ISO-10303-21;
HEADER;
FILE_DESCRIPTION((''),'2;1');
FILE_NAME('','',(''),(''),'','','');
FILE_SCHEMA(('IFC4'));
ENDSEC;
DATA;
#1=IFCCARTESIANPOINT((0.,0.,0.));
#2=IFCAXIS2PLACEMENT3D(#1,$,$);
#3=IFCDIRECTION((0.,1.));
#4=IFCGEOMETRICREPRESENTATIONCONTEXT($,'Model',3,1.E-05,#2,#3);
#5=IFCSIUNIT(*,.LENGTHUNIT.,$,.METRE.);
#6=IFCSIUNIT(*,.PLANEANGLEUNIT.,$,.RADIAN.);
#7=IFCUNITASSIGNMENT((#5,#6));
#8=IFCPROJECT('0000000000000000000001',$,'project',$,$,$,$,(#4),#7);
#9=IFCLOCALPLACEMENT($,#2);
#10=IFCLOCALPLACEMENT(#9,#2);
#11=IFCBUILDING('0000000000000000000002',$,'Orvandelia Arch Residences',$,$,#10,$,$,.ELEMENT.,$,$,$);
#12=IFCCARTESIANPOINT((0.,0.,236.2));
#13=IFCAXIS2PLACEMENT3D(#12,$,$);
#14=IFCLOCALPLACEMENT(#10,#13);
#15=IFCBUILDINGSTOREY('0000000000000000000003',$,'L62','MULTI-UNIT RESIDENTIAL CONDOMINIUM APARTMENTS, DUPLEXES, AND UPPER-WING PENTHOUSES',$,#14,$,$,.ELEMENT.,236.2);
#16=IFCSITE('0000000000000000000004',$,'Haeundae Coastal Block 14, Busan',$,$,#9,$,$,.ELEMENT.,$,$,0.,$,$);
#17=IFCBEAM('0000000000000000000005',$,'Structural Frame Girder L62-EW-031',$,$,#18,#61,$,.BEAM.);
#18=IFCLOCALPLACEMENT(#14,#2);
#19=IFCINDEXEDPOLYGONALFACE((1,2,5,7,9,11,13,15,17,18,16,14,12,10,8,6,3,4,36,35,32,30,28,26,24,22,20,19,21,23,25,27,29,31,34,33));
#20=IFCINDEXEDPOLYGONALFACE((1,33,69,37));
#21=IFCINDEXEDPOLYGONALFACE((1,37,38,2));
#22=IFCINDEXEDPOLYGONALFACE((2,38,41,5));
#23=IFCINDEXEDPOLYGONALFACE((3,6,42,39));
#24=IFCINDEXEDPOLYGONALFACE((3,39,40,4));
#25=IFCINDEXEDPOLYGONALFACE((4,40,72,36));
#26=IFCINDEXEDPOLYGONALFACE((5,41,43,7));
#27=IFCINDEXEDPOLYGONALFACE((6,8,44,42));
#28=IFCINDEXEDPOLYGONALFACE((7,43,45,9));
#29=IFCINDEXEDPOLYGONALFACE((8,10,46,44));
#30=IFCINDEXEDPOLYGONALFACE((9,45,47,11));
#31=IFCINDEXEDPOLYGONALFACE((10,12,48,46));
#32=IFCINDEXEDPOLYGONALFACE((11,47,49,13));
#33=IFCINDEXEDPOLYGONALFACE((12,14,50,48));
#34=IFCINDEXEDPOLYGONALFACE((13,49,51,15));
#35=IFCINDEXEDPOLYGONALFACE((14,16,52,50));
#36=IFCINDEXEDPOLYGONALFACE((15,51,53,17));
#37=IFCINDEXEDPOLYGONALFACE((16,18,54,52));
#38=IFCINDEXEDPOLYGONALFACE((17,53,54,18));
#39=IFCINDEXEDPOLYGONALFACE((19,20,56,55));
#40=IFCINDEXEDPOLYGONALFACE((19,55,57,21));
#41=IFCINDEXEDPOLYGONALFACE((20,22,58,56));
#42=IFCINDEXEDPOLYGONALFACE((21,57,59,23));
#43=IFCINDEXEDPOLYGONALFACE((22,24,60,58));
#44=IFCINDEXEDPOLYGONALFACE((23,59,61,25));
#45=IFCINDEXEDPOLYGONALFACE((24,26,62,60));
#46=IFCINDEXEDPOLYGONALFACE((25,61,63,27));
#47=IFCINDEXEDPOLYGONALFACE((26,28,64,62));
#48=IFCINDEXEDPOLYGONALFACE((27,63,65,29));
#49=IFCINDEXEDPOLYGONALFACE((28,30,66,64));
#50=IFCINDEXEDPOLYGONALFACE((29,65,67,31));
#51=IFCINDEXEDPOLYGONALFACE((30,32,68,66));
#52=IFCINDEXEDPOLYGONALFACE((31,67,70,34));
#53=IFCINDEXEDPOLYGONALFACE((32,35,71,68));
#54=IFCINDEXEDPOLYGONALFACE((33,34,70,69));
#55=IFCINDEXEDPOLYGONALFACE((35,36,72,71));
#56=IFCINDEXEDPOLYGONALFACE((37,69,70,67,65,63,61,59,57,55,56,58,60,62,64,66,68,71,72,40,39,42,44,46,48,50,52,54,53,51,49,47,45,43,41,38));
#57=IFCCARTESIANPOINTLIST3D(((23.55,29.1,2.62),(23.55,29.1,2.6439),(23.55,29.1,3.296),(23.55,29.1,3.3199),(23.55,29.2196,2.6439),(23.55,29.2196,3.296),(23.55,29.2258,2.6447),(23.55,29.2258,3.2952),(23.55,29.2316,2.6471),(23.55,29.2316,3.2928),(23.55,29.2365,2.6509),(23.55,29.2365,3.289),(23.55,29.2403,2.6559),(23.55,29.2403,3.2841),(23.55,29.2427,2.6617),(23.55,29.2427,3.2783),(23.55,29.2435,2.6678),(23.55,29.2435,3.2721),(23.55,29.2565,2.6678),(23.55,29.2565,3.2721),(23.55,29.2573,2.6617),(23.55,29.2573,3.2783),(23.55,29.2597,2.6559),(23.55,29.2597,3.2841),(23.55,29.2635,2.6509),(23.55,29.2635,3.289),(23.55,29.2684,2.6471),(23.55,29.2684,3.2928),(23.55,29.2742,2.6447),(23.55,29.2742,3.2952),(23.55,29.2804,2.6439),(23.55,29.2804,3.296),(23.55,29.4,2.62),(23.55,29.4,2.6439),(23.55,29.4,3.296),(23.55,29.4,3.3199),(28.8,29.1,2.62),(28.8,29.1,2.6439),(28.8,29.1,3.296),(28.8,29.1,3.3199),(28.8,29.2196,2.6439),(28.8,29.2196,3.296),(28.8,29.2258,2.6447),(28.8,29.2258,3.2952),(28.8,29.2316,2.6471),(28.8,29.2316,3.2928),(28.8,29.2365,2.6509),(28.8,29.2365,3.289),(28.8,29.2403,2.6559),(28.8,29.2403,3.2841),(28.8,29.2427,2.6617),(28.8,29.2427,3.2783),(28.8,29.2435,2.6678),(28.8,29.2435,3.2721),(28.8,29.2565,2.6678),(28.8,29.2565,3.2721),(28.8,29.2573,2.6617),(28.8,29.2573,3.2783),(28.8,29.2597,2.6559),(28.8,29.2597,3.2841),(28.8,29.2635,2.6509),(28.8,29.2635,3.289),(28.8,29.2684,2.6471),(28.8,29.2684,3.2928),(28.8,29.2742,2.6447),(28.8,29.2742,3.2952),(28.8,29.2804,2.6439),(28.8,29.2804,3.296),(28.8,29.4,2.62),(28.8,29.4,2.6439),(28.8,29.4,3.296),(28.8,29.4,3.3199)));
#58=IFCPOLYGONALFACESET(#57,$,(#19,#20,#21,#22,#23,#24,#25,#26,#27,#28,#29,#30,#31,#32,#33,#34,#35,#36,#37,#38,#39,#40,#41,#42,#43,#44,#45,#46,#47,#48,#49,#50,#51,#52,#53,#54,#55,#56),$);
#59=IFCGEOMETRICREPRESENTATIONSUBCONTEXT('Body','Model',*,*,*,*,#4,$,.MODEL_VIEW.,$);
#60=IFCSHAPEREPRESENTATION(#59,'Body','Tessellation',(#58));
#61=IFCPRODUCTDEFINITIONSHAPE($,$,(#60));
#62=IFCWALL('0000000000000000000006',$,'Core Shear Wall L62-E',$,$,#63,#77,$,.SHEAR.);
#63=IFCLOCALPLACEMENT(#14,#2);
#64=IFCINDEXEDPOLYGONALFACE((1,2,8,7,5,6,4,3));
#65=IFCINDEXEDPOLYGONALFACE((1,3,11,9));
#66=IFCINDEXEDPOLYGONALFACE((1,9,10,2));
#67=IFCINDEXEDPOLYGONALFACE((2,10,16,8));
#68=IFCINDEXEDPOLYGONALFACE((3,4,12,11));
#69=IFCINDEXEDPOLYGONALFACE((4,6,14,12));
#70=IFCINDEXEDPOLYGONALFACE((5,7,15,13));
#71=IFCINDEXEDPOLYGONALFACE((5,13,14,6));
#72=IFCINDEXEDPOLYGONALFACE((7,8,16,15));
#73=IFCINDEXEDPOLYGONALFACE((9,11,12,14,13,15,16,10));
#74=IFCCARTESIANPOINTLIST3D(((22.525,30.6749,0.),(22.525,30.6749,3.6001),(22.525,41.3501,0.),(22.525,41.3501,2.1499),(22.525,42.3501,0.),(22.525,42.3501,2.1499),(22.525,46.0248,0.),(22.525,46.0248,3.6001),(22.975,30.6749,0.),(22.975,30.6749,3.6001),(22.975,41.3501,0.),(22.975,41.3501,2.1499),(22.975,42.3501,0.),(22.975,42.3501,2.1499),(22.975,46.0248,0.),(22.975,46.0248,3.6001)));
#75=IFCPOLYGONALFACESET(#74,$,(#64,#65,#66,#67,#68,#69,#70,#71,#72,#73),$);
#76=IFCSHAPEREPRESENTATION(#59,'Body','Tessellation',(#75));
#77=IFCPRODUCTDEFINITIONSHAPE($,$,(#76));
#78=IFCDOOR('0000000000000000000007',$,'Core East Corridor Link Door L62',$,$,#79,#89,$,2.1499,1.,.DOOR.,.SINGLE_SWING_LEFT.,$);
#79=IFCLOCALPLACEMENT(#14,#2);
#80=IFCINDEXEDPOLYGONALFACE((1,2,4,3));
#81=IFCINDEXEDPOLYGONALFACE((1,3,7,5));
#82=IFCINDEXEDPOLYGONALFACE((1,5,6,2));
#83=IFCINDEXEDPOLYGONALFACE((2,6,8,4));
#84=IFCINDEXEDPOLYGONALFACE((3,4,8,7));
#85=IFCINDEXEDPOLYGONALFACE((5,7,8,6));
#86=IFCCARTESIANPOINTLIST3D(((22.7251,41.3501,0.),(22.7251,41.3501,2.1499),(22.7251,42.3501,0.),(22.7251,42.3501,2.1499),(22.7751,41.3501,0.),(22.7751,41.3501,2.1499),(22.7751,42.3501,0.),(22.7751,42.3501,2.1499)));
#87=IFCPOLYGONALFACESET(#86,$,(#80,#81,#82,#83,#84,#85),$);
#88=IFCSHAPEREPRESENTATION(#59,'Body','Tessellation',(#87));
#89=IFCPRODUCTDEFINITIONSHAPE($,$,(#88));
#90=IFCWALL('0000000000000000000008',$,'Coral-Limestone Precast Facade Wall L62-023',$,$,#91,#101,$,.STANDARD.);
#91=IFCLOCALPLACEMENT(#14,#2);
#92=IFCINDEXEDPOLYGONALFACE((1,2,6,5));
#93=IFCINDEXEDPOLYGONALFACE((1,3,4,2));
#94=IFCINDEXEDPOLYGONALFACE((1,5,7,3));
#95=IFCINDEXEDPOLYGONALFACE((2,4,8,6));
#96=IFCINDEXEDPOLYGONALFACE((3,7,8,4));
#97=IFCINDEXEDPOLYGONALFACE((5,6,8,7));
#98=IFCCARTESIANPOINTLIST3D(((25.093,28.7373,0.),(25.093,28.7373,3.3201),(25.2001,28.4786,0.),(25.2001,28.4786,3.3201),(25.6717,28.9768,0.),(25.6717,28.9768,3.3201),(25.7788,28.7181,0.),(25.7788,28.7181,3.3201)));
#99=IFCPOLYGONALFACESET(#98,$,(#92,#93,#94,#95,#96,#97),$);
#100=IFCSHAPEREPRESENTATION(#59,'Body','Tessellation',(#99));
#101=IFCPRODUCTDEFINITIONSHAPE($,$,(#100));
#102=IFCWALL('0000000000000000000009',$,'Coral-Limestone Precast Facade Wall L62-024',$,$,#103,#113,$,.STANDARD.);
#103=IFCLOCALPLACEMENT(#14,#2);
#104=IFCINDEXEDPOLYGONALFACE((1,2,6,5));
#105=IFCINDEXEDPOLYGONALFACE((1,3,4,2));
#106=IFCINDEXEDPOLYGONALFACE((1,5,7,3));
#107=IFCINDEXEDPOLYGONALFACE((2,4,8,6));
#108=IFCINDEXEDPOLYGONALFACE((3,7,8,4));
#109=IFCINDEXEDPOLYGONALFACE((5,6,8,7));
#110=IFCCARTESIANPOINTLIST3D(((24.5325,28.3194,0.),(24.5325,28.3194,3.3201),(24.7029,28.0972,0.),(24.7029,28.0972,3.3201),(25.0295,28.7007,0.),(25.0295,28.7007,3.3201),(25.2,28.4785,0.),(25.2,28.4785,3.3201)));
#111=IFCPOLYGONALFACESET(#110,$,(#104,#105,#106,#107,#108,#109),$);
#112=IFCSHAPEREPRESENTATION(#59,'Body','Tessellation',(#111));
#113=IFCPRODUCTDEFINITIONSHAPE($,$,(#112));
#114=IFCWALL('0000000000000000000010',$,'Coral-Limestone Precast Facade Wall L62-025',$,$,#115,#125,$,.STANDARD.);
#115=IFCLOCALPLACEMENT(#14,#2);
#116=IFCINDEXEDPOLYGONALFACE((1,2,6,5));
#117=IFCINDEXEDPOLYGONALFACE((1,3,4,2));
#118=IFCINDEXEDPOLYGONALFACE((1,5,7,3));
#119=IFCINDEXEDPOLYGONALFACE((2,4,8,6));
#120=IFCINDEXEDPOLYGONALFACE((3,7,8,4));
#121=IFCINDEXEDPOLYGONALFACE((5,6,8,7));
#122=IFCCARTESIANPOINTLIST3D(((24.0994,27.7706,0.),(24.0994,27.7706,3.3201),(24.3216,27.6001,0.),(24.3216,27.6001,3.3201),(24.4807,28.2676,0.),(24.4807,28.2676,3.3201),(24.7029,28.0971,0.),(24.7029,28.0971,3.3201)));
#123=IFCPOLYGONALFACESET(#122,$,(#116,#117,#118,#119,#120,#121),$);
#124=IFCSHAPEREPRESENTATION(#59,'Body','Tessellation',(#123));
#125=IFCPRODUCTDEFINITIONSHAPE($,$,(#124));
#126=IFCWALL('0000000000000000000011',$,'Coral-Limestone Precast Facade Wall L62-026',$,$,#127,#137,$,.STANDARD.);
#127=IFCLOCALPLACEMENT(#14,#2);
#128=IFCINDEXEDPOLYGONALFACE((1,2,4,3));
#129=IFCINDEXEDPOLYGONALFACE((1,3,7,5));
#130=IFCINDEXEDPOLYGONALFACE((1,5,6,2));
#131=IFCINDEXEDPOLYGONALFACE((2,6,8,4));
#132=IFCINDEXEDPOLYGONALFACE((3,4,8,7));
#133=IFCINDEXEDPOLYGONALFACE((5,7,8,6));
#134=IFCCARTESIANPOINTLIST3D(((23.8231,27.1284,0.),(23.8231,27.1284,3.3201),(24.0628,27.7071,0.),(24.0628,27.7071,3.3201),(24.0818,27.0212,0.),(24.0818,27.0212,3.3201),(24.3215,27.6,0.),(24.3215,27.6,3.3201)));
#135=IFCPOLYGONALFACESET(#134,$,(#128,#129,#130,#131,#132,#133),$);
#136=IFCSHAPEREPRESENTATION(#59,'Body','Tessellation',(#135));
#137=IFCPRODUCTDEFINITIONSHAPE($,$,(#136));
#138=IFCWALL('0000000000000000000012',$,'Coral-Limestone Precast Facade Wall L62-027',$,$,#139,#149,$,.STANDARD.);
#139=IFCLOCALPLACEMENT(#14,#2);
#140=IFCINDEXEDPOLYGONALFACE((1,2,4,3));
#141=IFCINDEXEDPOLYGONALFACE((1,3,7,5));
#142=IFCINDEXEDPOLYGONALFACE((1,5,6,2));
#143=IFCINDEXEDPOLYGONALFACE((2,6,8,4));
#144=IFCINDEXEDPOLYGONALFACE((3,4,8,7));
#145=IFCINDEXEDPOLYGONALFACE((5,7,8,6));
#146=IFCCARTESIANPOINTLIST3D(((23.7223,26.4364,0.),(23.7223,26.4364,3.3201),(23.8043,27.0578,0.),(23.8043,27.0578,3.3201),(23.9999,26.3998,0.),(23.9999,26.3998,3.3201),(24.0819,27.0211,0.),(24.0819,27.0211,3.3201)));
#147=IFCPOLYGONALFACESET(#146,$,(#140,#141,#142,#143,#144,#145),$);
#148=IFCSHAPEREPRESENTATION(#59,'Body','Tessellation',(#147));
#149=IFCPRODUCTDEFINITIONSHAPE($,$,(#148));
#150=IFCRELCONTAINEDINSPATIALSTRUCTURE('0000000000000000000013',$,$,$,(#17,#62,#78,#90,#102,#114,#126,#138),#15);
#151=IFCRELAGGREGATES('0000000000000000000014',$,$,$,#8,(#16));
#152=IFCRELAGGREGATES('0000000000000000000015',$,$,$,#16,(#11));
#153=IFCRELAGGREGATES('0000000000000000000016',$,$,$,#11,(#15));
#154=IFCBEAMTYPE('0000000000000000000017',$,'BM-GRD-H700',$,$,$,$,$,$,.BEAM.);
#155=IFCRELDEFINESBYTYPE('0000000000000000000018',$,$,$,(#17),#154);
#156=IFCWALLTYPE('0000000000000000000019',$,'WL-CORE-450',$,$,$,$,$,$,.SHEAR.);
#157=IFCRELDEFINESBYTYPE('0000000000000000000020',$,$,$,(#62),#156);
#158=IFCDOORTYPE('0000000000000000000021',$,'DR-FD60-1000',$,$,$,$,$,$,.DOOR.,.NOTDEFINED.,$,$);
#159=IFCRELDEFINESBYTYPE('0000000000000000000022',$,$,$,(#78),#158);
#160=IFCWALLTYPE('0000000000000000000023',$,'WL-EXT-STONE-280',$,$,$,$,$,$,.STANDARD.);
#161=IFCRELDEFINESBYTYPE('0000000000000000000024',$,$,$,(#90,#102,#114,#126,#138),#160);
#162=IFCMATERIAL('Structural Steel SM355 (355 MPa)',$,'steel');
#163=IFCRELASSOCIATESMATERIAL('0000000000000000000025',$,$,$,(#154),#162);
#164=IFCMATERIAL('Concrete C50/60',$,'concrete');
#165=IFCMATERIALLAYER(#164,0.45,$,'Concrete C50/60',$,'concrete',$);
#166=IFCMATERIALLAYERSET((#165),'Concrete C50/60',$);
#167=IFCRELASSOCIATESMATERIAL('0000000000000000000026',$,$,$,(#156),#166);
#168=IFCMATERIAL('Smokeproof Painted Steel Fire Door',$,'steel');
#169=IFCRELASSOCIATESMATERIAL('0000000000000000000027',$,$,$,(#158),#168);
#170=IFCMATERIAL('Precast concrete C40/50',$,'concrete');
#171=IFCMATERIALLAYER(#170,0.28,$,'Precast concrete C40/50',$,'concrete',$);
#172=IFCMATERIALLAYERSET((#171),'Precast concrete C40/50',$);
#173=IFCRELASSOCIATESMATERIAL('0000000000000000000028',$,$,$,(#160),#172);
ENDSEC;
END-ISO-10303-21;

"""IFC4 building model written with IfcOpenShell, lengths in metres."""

from ifc_helpers import new_model, si_unit, direction, frame, frame_2d, origin, origin_2d, place, context, subcontext, project, spatial, rectangle, i_section, extrude, material, layer, layer_set, material_profile, profile_set, type_object, element, fill, save


model = new_model("IFC4")

# Units and contexts
model_context = context("Model", 3, precision=1e-05, world=origin(), true_north=direction((0.0, 1.0)))
body_context = subcontext(model_context, "Body", "Model", "MODEL_VIEW")
ifc_project = project(units=[si_unit("LENGTHUNIT", "METRE"), si_unit("PLANEANGLEUNIT", "RADIAN")], contexts=[model_context])

# Site, building, storey
site_placement = place(None, origin())
site = spatial("IfcSite", under=ifc_project, at=site_placement, Name="Haeundae Coastal Block 14, Busan", CompositionType="ELEMENT", RefElevation=0.0)
building_placement = place(site_placement, origin())
building = spatial("IfcBuilding", under=site, at=building_placement, Name="Orvandelia Arch Residences", CompositionType="ELEMENT")
storey_placement = place(building_placement, frame((0.0, 0.0, 236.2)))
storey = spatial("IfcBuildingStorey", under=building, at=storey_placement, Name="L62", Description="MULTI-UNIT RESIDENTIAL CONDOMINIUM APARTMENTS, DUPLEXES, AND UPPER-WING PENTHOUSES", CompositionType="ELEMENT", Elevation=236.2)

# Beam
ifc_material_1 = material(Name="Structural Steel SM355 (355 MPa)", Category="steel")
ifc_material_profile_1 = material_profile(ifc_material_1, i_section(OverallWidth=0.3, OverallDepth=0.7, WebThickness=0.0129, FlangeThickness=0.0239, FilletRadius=0.0239, at=origin_2d()), Name="Structural Steel SM355 (355 MPa)", Category="steel")
ifc_profile_set_1 = profile_set([ifc_material_profile_1], Name="Structural Steel SM355 (355 MPa)")
beam_type = type_object("IfcBeamType", Name="BM-GRD-H700", PredefinedType="BEAM", material=ifc_profile_set_1)
beam_1_placement = place(storey_placement, frame((23.55, 29.25, 2.97), z_axis=(1.0, 0.0, 0.0), x_axis=(0.0, 1.0, 0.0)))
element("IfcBeam", 1, at=beam_1_placement, inside=storey, type_object=beam_type, Name="Structural Frame Girder L62-EW-031", PredefinedType="BEAM", context=body_context, shape_type="SweptSolid", body=[
    extrude(i_section(OverallWidth=0.3, OverallDepth=0.7, WebThickness=0.0129, FlangeThickness=0.0239, FilletRadius=0.0239, at=origin_2d()), origin(), (0.0, 0.0, 1.0), 5.25),
])

# Wall, opening, door
ifc_material_2 = material(Name="Concrete C50/60", Category="concrete")
ifc_layer_1 = layer(ifc_material_2, 0.45, Name="Concrete C50/60", Category="concrete")
ifc_layer_set_1 = layer_set([ifc_layer_1], Name="Concrete C50/60")
wall_type_1 = type_object("IfcWallType", Name="WL-CORE-450", PredefinedType="SHEAR", material=ifc_layer_set_1)
wall_1_placement = place(storey_placement, frame((22.75, 30.675, 0.0), z_axis=(0.0, 0.0, 1.0), x_axis=(0.0, 1.0, 0.0)))
wall_1 = element("IfcWall", 2, at=wall_1_placement, inside=storey, type_object=wall_type_1, Name="Core Shear Wall L62-E", PredefinedType="SHEAR", context=body_context, shape_type="SweptSolid", body=[
    extrude(rectangle(XDim=15.3499, YDim=0.45, at=frame_2d((7.6748, 0.0))), origin(), (0.0, 0.0, 1.0), 3.6001),
])
opening_1_placement = place(wall_1_placement, frame((10.675, 0.0, 0.0)))
opening_1 = element("IfcOpeningElement", 3, at=opening_1_placement, cuts=wall_1, PredefinedType="OPENING", context=body_context, shape_type="SweptSolid", body=[
    extrude(rectangle(XDim=1.0, YDim=2.1499, at=frame_2d((0.5, 1.075))), frame((0.0, 0.2349, 0.0), z_axis=(0.0, -1.0, 0.0), x_axis=(1.0, 0.0, 0.0)), (0.0, 0.0, 1.0), 0.47),
])
ifc_material_3 = material(Name="Smokeproof Painted Steel Fire Door", Category="steel")
door_type = type_object("IfcDoorType", Name="DR-FD60-1000", OperationType="NOTDEFINED", PredefinedType="DOOR", material=ifc_material_3)
door_placement = place(opening_1_placement, origin())
door = element("IfcDoor", 4, at=door_placement, inside=storey, type_object=door_type, Name="Core East Corridor Link Door L62", OperationType="SINGLE_SWING_LEFT", OverallHeight=2.1499, OverallWidth=1.0, PredefinedType="DOOR", context=body_context, shape_type="SweptSolid", body=[
    extrude(rectangle(XDim=1.0, YDim=2.1499, at=frame_2d((0.5, 1.075))), frame((0.0, 0.0249, 0.0), z_axis=(0.0, -1.0, 0.0), x_axis=(1.0, 0.0, 0.0)), (0.0, 0.0, 1.0), 0.05),
])
fill(opening_1, door)

# Walls
ifc_material_4 = material(Name="Precast concrete C40/50", Category="concrete")
ifc_layer_2 = layer(ifc_material_4, 0.28, Name="Precast concrete C40/50", Category="concrete")
ifc_layer_set_2 = layer_set([ifc_layer_2], Name="Precast concrete C40/50")
wall_type_2 = type_object("IfcWallType", Name="WL-EXT-STONE-280", PredefinedType="STANDARD", material=ifc_layer_set_2)
wall_2_placement = place(storey_placement, frame((25.7251, 28.8474, 0.0), z_axis=(0.0, 0.0, 1.0), x_axis=(-0.923974, -0.382455, 0.0)))
element("IfcWall", 5, at=wall_2_placement, inside=storey, type_object=wall_type_2, Name="Coral-Limestone Precast Facade Wall L62-023", PredefinedType="STANDARD", context=body_context, shape_type="SweptSolid", body=[
    extrude(rectangle(XDim=0.6262, YDim=0.28, at=frame_2d((0.313, 0.0))), origin(), (0.0, 0.0, 1.0), 3.3201),
])
for number, where, z_axis, x_axis, name in (
    (6, (25.1147, 28.5896, 0.0), (0.0, 0.0, 1.0), (-0.793406, -0.608693, 0.0), "Coral-Limestone Precast Facade Wall L62-024"),
    (7, (24.5918, 28.1824, 0.0), (0.0, 0.0, 1.0), (-0.608693, -0.793406, 0.0), "Coral-Limestone Precast Facade Wall L62-025"),
    (8, (24.1921, 27.6536, 0.0), (0.0, 0.0, 1.0), (-0.38265, -0.923893, 0.0), "Coral-Limestone Precast Facade Wall L62-026"),
):
    element("IfcWall", number, at=place(storey_placement, frame(where, z_axis=z_axis, x_axis=x_axis)), inside=storey, type_object=wall_type_2, Name=name, PredefinedType="STANDARD", context=body_context, shape_type="SweptSolid", body=[
        extrude(rectangle(XDim=0.6265, YDim=0.28, at=frame_2d((0.3132, 0.0))), origin(), (0.0, 0.0, 1.0), 3.3201),
    ])
wall_3_placement = place(storey_placement, frame((23.9431, 27.0396, 0.0), z_axis=(0.0, 0.0, 1.0), x_axis=(-0.130888, -0.991397, 0.0)))
element("IfcWall", 9, at=wall_3_placement, inside=storey, type_object=wall_type_2, Name="Coral-Limestone Precast Facade Wall L62-027", PredefinedType="STANDARD", context=body_context, shape_type="SweptSolid", body=[
    extrude(rectangle(XDim=0.6267, YDim=0.28, at=frame_2d((0.3135, 0.0))), origin(), (0.0, 0.0, 1.0), 3.3201),
])

save(model, "model.ifc")
